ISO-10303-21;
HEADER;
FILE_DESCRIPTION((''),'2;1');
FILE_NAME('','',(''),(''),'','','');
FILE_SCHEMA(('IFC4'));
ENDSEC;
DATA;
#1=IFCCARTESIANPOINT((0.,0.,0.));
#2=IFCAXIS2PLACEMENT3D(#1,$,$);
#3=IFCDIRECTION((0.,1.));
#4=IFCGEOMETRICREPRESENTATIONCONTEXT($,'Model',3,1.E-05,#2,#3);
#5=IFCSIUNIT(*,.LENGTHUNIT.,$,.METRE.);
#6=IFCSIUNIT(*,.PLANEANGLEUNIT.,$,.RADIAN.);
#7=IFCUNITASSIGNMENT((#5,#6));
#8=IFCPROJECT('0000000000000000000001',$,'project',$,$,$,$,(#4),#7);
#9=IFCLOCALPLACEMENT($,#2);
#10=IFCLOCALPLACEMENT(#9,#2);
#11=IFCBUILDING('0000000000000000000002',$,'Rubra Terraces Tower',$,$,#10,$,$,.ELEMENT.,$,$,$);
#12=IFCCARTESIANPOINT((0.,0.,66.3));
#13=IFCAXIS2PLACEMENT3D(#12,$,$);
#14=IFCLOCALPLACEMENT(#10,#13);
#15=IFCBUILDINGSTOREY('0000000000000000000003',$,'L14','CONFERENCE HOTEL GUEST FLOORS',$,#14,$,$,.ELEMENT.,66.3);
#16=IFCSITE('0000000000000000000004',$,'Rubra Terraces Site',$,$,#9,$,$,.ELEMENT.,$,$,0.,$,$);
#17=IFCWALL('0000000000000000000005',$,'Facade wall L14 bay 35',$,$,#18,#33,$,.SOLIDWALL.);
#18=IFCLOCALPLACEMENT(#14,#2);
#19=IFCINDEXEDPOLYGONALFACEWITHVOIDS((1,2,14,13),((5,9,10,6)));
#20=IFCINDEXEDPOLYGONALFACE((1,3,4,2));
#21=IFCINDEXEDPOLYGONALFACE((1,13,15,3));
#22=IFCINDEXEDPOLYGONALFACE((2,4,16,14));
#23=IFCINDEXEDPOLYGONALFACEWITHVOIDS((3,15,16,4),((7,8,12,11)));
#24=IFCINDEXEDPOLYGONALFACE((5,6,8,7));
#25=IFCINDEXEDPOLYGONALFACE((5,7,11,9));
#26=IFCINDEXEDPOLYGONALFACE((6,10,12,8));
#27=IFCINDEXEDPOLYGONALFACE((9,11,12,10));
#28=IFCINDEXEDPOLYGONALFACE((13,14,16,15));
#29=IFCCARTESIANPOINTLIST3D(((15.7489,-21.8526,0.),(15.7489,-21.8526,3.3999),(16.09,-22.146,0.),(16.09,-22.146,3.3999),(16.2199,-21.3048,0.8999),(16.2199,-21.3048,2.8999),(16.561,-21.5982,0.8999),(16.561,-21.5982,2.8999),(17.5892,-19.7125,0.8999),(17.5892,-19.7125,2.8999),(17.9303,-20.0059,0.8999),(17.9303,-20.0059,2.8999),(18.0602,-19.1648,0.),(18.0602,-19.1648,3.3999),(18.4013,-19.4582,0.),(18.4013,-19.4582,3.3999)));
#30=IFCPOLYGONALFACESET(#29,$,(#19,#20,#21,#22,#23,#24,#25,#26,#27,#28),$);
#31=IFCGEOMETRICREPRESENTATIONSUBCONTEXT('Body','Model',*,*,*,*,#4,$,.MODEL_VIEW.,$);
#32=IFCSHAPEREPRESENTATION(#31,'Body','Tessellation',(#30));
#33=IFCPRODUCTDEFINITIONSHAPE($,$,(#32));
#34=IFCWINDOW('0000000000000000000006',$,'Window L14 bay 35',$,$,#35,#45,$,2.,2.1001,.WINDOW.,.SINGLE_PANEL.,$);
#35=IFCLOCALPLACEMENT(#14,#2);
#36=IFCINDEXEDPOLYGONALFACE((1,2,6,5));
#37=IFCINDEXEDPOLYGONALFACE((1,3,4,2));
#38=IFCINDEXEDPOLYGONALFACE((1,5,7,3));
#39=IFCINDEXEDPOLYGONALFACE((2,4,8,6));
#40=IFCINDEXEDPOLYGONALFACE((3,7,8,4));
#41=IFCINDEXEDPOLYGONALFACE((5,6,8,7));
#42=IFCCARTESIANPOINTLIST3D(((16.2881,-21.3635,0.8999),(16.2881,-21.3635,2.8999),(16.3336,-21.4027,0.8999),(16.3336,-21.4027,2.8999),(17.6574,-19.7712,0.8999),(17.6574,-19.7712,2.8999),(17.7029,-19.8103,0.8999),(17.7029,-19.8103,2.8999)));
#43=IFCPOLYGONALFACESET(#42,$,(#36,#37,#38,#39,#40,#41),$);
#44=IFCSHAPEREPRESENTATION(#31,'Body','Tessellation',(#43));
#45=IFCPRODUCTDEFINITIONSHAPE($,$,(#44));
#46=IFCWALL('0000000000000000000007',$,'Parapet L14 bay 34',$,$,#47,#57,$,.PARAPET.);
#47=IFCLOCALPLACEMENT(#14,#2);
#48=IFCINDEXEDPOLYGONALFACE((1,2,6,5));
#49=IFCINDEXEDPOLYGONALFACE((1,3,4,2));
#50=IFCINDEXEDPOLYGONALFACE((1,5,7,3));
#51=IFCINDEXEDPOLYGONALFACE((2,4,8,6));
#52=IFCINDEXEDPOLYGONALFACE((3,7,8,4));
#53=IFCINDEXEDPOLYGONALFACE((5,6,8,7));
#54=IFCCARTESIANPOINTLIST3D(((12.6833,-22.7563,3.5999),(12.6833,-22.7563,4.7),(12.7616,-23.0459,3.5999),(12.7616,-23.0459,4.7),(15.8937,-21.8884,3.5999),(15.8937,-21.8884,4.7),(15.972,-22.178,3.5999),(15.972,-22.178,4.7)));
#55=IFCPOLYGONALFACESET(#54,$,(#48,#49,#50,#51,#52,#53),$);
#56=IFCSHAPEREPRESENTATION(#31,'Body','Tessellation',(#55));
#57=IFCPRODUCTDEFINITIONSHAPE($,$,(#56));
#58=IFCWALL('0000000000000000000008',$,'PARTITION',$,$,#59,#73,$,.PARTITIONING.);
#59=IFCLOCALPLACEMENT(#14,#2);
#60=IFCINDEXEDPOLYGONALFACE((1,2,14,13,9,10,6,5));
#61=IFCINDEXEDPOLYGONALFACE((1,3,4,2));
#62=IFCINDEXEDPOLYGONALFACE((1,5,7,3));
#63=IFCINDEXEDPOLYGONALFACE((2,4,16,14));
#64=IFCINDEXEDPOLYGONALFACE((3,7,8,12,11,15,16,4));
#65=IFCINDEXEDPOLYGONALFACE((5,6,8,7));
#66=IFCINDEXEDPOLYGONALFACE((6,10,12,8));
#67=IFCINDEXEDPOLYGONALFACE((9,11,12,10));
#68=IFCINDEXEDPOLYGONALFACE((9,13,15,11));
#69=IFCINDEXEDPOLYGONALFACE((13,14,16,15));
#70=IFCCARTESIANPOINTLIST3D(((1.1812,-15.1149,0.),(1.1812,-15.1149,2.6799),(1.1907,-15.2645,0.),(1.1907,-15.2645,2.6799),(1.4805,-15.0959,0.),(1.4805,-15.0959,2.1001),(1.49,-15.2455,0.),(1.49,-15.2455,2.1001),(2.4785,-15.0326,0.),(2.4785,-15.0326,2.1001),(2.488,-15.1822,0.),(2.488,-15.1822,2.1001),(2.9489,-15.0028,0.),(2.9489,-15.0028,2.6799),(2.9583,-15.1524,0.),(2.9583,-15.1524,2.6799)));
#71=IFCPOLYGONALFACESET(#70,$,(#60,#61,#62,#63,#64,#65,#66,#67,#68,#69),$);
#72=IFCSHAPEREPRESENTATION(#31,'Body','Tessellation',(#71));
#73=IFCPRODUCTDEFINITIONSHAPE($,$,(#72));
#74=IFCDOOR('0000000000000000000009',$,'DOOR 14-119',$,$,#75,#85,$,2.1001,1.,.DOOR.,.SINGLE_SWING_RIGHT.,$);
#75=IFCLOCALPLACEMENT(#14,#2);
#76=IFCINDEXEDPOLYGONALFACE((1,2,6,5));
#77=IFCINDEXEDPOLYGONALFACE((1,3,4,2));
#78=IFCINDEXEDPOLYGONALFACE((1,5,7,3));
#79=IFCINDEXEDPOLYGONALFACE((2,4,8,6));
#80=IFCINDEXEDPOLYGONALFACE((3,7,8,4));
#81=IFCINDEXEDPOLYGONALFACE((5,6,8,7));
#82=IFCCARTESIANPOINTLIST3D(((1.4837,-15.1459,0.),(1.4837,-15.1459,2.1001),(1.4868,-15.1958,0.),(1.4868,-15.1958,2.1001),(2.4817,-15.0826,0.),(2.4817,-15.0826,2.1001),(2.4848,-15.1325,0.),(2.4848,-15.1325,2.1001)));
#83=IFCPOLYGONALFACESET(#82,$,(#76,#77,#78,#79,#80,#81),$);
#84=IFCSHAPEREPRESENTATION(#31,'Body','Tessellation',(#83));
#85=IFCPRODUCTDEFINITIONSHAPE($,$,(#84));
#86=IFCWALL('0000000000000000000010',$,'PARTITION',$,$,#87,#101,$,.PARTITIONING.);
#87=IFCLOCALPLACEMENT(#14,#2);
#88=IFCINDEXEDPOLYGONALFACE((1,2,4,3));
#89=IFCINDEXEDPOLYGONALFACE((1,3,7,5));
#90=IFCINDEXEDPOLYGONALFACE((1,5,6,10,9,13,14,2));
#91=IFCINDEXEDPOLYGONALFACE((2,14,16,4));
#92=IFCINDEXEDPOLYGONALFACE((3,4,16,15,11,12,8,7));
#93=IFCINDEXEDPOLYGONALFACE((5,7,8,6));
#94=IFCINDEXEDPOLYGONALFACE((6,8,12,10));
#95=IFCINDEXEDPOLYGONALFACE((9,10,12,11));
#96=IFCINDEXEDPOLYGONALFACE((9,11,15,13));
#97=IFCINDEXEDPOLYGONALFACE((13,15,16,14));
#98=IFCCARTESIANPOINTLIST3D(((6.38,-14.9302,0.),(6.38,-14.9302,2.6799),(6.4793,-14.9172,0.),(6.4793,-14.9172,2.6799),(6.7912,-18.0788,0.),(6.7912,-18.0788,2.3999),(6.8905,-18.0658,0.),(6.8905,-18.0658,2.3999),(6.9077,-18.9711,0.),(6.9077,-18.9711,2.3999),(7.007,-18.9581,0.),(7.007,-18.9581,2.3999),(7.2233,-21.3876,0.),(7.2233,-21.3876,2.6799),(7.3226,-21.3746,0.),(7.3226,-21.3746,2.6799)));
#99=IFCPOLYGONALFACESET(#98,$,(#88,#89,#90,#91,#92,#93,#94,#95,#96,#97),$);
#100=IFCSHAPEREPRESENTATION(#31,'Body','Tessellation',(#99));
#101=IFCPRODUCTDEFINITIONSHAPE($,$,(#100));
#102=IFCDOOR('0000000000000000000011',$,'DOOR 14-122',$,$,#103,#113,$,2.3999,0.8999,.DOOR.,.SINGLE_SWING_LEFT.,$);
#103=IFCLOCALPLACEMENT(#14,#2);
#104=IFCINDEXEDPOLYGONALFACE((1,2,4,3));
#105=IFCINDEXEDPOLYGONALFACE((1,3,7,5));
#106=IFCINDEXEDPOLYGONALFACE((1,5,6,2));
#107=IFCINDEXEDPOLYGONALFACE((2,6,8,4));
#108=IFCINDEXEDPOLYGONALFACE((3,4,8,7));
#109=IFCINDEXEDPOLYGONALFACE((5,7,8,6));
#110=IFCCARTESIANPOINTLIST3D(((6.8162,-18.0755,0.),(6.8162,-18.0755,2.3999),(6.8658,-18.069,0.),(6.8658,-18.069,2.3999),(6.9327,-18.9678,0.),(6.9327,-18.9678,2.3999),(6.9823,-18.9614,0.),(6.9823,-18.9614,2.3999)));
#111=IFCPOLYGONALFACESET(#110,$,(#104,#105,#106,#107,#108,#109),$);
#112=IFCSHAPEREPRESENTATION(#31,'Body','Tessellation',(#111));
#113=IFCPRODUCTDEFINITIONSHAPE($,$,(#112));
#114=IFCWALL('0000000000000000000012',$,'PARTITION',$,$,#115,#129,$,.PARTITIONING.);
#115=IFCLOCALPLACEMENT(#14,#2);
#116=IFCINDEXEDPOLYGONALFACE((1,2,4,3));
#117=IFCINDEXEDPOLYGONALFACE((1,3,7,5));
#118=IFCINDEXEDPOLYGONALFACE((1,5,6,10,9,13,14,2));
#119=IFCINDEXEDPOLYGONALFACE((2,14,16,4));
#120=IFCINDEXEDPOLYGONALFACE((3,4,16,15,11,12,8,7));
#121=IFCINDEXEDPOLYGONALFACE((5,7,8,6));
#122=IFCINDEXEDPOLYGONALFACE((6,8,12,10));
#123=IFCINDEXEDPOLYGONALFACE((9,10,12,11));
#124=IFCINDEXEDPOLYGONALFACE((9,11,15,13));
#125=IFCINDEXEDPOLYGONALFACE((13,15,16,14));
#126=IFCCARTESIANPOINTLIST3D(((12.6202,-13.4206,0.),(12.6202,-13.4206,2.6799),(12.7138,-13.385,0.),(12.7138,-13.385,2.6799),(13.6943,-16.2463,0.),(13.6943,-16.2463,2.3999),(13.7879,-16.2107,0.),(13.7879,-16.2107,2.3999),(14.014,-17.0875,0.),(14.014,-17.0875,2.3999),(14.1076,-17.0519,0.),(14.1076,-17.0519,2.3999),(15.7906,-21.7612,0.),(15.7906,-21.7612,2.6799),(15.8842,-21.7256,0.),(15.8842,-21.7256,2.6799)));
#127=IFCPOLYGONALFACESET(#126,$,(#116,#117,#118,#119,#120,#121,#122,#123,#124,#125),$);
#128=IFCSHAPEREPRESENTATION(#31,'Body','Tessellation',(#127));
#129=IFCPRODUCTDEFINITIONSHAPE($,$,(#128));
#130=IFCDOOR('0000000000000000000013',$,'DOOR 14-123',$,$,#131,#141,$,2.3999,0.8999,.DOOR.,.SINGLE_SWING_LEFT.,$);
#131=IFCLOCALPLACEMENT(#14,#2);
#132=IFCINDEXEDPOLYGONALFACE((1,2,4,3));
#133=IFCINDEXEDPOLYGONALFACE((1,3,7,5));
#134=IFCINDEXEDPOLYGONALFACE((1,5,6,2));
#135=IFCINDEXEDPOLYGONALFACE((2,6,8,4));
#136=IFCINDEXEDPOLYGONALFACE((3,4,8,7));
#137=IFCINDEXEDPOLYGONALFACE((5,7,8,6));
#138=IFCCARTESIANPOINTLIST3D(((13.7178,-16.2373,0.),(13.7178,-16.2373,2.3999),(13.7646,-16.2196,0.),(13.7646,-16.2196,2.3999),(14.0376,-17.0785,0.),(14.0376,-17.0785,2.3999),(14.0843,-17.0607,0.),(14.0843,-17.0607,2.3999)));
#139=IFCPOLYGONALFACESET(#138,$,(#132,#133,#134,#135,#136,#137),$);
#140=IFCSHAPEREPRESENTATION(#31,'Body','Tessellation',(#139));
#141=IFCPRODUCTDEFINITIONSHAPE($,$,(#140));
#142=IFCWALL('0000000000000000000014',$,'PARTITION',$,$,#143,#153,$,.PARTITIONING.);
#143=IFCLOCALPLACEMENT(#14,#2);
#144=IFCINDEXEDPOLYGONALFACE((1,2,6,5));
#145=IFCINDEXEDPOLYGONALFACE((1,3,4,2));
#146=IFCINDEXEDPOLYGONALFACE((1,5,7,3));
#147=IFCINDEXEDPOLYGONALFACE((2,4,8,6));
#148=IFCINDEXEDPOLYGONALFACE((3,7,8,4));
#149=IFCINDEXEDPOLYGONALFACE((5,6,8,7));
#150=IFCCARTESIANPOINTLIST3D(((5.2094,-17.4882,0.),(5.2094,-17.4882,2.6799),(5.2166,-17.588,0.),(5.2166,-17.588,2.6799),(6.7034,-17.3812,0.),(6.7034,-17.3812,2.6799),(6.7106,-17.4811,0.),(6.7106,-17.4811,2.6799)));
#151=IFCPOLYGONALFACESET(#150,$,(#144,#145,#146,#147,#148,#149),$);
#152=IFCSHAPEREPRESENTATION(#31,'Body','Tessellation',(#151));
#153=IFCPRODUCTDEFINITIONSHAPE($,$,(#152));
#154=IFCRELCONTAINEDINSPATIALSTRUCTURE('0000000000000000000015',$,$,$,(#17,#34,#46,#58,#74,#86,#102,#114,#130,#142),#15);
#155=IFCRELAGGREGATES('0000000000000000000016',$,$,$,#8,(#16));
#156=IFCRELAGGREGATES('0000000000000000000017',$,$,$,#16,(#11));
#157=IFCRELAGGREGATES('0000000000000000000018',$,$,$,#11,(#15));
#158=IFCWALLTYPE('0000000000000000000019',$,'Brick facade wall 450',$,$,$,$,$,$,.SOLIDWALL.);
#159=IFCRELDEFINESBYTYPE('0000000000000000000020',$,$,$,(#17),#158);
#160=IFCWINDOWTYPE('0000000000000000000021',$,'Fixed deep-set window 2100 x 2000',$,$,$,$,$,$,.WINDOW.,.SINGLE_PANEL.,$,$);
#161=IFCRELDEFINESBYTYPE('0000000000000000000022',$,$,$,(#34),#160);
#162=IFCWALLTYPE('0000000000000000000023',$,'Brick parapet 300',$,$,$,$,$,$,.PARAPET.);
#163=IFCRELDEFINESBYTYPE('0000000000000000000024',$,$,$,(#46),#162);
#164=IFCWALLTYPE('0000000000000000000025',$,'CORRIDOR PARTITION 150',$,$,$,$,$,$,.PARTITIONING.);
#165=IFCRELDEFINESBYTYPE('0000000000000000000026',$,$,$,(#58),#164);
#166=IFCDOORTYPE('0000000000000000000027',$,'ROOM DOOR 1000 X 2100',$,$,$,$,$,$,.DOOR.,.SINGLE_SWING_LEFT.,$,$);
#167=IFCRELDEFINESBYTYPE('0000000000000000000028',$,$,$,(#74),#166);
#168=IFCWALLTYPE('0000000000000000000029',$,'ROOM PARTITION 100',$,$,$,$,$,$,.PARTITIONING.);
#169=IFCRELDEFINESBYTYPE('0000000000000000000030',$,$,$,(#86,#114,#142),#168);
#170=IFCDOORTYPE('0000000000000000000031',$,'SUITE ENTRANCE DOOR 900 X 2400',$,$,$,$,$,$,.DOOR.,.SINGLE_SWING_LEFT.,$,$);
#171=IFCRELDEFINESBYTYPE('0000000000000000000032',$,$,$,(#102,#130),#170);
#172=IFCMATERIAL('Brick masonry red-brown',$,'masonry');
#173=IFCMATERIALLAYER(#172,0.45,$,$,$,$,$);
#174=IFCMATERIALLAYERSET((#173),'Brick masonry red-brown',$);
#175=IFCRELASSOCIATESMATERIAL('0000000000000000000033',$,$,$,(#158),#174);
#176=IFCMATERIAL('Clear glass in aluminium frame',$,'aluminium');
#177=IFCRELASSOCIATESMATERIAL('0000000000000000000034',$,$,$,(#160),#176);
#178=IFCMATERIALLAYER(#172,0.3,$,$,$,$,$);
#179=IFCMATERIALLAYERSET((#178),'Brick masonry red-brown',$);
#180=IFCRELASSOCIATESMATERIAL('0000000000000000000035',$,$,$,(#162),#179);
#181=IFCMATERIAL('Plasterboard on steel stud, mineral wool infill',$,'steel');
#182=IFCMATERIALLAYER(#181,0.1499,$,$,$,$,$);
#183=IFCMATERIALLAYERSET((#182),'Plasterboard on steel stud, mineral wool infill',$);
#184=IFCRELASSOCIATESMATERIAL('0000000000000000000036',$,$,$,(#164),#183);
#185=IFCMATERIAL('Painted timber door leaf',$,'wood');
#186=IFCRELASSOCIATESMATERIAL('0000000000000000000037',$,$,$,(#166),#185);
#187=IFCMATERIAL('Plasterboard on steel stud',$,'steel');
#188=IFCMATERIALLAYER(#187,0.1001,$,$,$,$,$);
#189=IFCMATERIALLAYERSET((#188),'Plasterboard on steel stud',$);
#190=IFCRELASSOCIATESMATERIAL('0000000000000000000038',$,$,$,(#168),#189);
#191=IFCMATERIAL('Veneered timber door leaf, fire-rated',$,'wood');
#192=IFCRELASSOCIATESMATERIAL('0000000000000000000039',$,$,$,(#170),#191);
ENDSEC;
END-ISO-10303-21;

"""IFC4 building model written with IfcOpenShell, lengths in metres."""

from ifc_helpers import new_model, si_unit, direction, frame, frame_2d, origin, place, context, subcontext, project, spatial, rectangle, extrude, material, layer, layer_set, type_object, element, fill, save


model = new_model("IFC4")

# Units and contexts
model_context = context("Model", 3, precision=1e-05, world=origin(), true_north=direction((0.0, 1.0)))
body_context = subcontext(model_context, "Body", "Model", "MODEL_VIEW")
ifc_project = project(units=[si_unit("LENGTHUNIT", "METRE"), si_unit("PLANEANGLEUNIT", "RADIAN")], contexts=[model_context])

# Site, building, storey
site_placement = place(None, origin())
site = spatial("IfcSite", under=ifc_project, at=site_placement, Name="Rubra Terraces Site", CompositionType="ELEMENT", RefElevation=0.0)
building_placement = place(site_placement, origin())
building = spatial("IfcBuilding", under=site, at=building_placement, Name="Rubra Terraces Tower", CompositionType="ELEMENT")
storey_placement = place(building_placement, frame((0.0, 0.0, 66.3)))
storey = spatial("IfcBuildingStorey", under=building, at=storey_placement, Name="L14", Description="CONFERENCE HOTEL GUEST FLOORS", CompositionType="ELEMENT", Elevation=66.3)

# Wall, opening, window
ifc_material_1 = material(Name="Brick masonry red-brown", Category="masonry")
ifc_layer_1 = layer(ifc_material_1, 0.45)
ifc_layer_set_1 = layer_set([ifc_layer_1], Name="Brick masonry red-brown")
wall_type_1 = type_object("IfcWallType", Name="Brick facade wall 450", PredefinedType="SOLIDWALL", material=ifc_layer_set_1)
ifc_material_2 = material(Name="Clear glass in aluminium frame", Category="aluminium")
window_type = type_object("IfcWindowType", Name="Fixed deep-set window 2100 x 2000", PartitioningType="SINGLE_PANEL", PredefinedType="WINDOW", material=ifc_material_2)
wall_1_placement = place(storey_placement, frame((15.9194, -21.9993, 0.0), z_axis=(0.0, 0.0, 1.0), x_axis=(0.65201, 0.75821, 0.0)))
wall_1 = element("IfcWall", 1, at=wall_1_placement, inside=storey, type_object=wall_type_1, Name="Facade wall L14 bay 35", PredefinedType="SOLIDWALL", context=body_context, shape_type="SweptSolid", body=[
    extrude(rectangle(XDim=3.5449, YDim=0.45, at=frame_2d((1.7725, 0.0))), origin(), (0.0, 0.0, 1.0), 3.3999),
])
opening_1_placement = place(wall_1_placement, frame((0.7224, 0.0, 0.8999)))
opening_1 = element("IfcOpeningElement", 2, at=opening_1_placement, cuts=wall_1, PredefinedType="OPENING", context=body_context, shape_type="SweptSolid", body=[
    extrude(rectangle(XDim=2.1001, YDim=2.0, at=frame_2d((1.05, 1.0))), frame((0.0, 0.2349, 0.0), z_axis=(0.0, -1.0, 0.0), x_axis=(1.0, 0.0, 0.0)), (0.0, 0.0, 1.0), 0.47),
])
window_1_placement = place(opening_1_placement, origin())
window_1 = element("IfcWindow", 3, at=window_1_placement, inside=storey, type_object=window_type, Name="Window L14 bay 35", OverallHeight=2.0, OverallWidth=2.1001, PartitioningType="SINGLE_PANEL", PredefinedType="WINDOW", context=body_context, shape_type="SweptSolid", body=[
    extrude(rectangle(XDim=2.1001, YDim=2.0, at=frame_2d((1.05, 1.0))), frame((0.0, 0.135, 0.0), z_axis=(0.0, -1.0, 0.0), x_axis=(1.0, 0.0, 0.0)), (0.0, 0.0, 1.0), 0.0601),
])
fill(opening_1, window_1)

# Wall
ifc_layer_2 = layer(ifc_material_1, 0.3)
ifc_layer_set_2 = layer_set([ifc_layer_2], Name="Brick masonry red-brown")
wall_type_2 = type_object("IfcWallType", Name="Brick parapet 300", PredefinedType="PARAPET", material=ifc_layer_set_2)
wall_2_placement = place(storey_placement, frame((12.7224, -22.9011, 3.5999), z_axis=(0.0, 0.0, 1.0), x_axis=(0.965346, 0.260974, 0.0)))
element("IfcWall", 4, at=wall_2_placement, inside=storey, type_object=wall_type_2, Name="Parapet L14 bay 34", PredefinedType="PARAPET", context=body_context, shape_type="SweptSolid", body=[
    extrude(rectangle(XDim=3.3257, YDim=0.3, at=frame_2d((1.6628, 0.0))), origin(), (0.0, 0.0, 1.0), 1.1001),
])

# Walls, openings, doors
ifc_material_3 = material(Name="Plasterboard on steel stud, mineral wool infill", Category="steel")
ifc_layer_3 = layer(ifc_material_3, 0.1499)
ifc_layer_set_3 = layer_set([ifc_layer_3], Name="Plasterboard on steel stud, mineral wool infill")
wall_type_3 = type_object("IfcWallType", Name="CORRIDOR PARTITION 150", PredefinedType="PARTITIONING", material=ifc_layer_set_3)
wall_3_placement = place(storey_placement, frame((1.1858, -15.1897, 0.0), z_axis=(0.0, 0.0, 1.0), x_axis=(0.997996, 0.063271, 0.0)))
wall_3 = element("IfcWall", 5, at=wall_3_placement, inside=storey, type_object=wall_type_3, Name="PARTITION", PredefinedType="PARTITIONING", context=body_context, shape_type="SweptSolid", body=[
    extrude(rectangle(XDim=1.7712, YDim=0.1499, at=frame_2d((0.8857, 0.0))), origin(), (0.0, 0.0, 1.0), 2.6799),
])
opening_2_placement = place(wall_3_placement, frame((0.3, 0.0, 0.0)))
opening_2 = element("IfcOpeningElement", 6, at=opening_2_placement, cuts=wall_3, PredefinedType="OPENING", context=body_context, shape_type="SweptSolid", body=[
    extrude(rectangle(XDim=1.0, YDim=2.1001, at=frame_2d((0.5, 1.05))), frame((0.0, 0.085, 0.0), z_axis=(0.0, -1.0, 0.0), x_axis=(1.0, 0.0, 0.0)), (0.0, 0.0, 1.0), 0.1699),
])
ifc_material_4 = material(Name="Painted timber door leaf", Category="wood")
door_type_1 = type_object("IfcDoorType", Name="ROOM DOOR 1000 X 2100", OperationType="SINGLE_SWING_LEFT", PredefinedType="DOOR", material=ifc_material_4)
door_1_placement = place(opening_2_placement, origin())
door_1 = element("IfcDoor", 7, at=door_1_placement, inside=storey, type_object=door_type_1, Name="DOOR 14-119", OperationType="SINGLE_SWING_RIGHT", OverallHeight=2.1001, OverallWidth=1.0, PredefinedType="DOOR", context=body_context, shape_type="SweptSolid", body=[
    extrude(rectangle(XDim=1.0, YDim=2.1001, at=frame_2d((0.5, 1.05))), frame((0.0, 0.0249, 0.0), z_axis=(0.0, -1.0, 0.0), x_axis=(1.0, 0.0, 0.0)), (0.0, 0.0, 1.0), 0.05),
])
fill(opening_2, door_1)
ifc_material_5 = material(Name="Plasterboard on steel stud", Category="steel")
ifc_layer_4 = layer(ifc_material_5, 0.1001)
ifc_layer_set_4 = layer_set([ifc_layer_4], Name="Plasterboard on steel stud")
wall_type_4 = type_object("IfcWallType", Name="ROOM PARTITION 100", PredefinedType="PARTITIONING", material=ifc_layer_set_4)
wall_4_placement = place(storey_placement, frame((7.2729, -21.3811, 0.0), z_axis=(0.0, 0.0, 1.0), x_axis=(-0.129491, 0.991581, 0.0)))
wall_4 = element("IfcWall", 8, at=wall_4_placement, inside=storey, type_object=wall_type_4, Name="PARTITION", PredefinedType="PARTITIONING", context=body_context, shape_type="SweptSolid", body=[
    extrude(rectangle(XDim=6.5122, YDim=0.1001, at=frame_2d((3.2561, 0.0))), origin(), (0.0, 0.0, 1.0), 2.6799),
])
opening_3_placement = place(wall_4_placement, frame((2.437, 0.0, 0.0)))
opening_3 = element("IfcOpeningElement", 9, at=opening_3_placement, cuts=wall_4, PredefinedType="OPENING", context=body_context, shape_type="SweptSolid", body=[
    extrude(rectangle(XDim=0.8999, YDim=2.3999, at=frame_2d((0.45, 1.2))), frame((0.0, 0.0601, 0.0), z_axis=(0.0, -1.0, 0.0), x_axis=(1.0, 0.0, 0.0)), (0.0, 0.0, 1.0), 0.1201),
])
ifc_material_6 = material(Name="Veneered timber door leaf, fire-rated", Category="wood")
door_type_2 = type_object("IfcDoorType", Name="SUITE ENTRANCE DOOR 900 X 2400", OperationType="SINGLE_SWING_LEFT", PredefinedType="DOOR", material=ifc_material_6)
door_2_placement = place(opening_3_placement, origin())
door_2 = element("IfcDoor", 10, at=door_2_placement, inside=storey, type_object=door_type_2, Name="DOOR 14-122", OperationType="SINGLE_SWING_LEFT", OverallHeight=2.3999, OverallWidth=0.8999, PredefinedType="DOOR", context=body_context, shape_type="SweptSolid", body=[
    extrude(rectangle(XDim=0.8999, YDim=2.3999, at=frame_2d((0.45, 1.2))), frame((0.0, 0.0249, 0.0), z_axis=(0.0, -1.0, 0.0), x_axis=(1.0, 0.0, 0.0)), (0.0, 0.0, 1.0), 0.05),
])
fill(opening_3, door_2)
wall_5_placement = place(storey_placement, frame((15.8374, -21.7434, 0.0), z_axis=(0.0, 0.0, 1.0), x_axis=(-0.355315, 0.934747, 0.0)))
wall_5 = element("IfcWall", 11, at=wall_5_placement, inside=storey, type_object=wall_type_4, Name="PARTITION", PredefinedType="PARTITIONING", context=body_context, shape_type="SweptSolid", body=[
    extrude(rectangle(XDim=8.9229, YDim=0.1001, at=frame_2d((4.4614, 0.0))), origin(), (0.0, 0.0, 1.0), 2.6799),
])
opening_4_placement = place(wall_5_placement, frame((5.0, 0.0, 0.0)))
opening_4 = element("IfcOpeningElement", 12, at=opening_4_placement, cuts=wall_5, PredefinedType="OPENING", context=body_context, shape_type="SweptSolid", body=[
    extrude(rectangle(XDim=0.8999, YDim=2.3999, at=frame_2d((0.45, 1.2))), frame((0.0, 0.0601, 0.0), z_axis=(0.0, -1.0, 0.0), x_axis=(1.0, 0.0, 0.0)), (0.0, 0.0, 1.0), 0.1201),
])
door_3_placement = place(opening_4_placement, origin())
door_3 = element("IfcDoor", 13, at=door_3_placement, inside=storey, type_object=door_type_2, Name="DOOR 14-123", OperationType="SINGLE_SWING_LEFT", OverallHeight=2.3999, OverallWidth=0.8999, PredefinedType="DOOR", context=body_context, shape_type="SweptSolid", body=[
    extrude(rectangle(XDim=0.8999, YDim=2.3999, at=frame_2d((0.45, 1.2))), frame((0.0, 0.0249, 0.0), z_axis=(0.0, -1.0, 0.0), x_axis=(1.0, 0.0, 0.0)), (0.0, 0.0, 1.0), 0.05),
])
fill(opening_4, door_3)

# Wall
wall_6_placement = place(storey_placement, frame((5.2129, -17.5381, 0.0), z_axis=(0.0, 0.0, 1.0), x_axis=(0.997448, 0.071398, 0.0)))
element("IfcWall", 14, at=wall_6_placement, inside=storey, type_object=wall_type_4, Name="PARTITION", PredefinedType="PARTITIONING", context=body_context, shape_type="SweptSolid", body=[
    extrude(rectangle(XDim=1.4978, YDim=0.1001, at=frame_2d((0.749, 0.0))), origin(), (0.0, 0.0, 1.0), 2.6799),
])

save(model, "model.ifc")
